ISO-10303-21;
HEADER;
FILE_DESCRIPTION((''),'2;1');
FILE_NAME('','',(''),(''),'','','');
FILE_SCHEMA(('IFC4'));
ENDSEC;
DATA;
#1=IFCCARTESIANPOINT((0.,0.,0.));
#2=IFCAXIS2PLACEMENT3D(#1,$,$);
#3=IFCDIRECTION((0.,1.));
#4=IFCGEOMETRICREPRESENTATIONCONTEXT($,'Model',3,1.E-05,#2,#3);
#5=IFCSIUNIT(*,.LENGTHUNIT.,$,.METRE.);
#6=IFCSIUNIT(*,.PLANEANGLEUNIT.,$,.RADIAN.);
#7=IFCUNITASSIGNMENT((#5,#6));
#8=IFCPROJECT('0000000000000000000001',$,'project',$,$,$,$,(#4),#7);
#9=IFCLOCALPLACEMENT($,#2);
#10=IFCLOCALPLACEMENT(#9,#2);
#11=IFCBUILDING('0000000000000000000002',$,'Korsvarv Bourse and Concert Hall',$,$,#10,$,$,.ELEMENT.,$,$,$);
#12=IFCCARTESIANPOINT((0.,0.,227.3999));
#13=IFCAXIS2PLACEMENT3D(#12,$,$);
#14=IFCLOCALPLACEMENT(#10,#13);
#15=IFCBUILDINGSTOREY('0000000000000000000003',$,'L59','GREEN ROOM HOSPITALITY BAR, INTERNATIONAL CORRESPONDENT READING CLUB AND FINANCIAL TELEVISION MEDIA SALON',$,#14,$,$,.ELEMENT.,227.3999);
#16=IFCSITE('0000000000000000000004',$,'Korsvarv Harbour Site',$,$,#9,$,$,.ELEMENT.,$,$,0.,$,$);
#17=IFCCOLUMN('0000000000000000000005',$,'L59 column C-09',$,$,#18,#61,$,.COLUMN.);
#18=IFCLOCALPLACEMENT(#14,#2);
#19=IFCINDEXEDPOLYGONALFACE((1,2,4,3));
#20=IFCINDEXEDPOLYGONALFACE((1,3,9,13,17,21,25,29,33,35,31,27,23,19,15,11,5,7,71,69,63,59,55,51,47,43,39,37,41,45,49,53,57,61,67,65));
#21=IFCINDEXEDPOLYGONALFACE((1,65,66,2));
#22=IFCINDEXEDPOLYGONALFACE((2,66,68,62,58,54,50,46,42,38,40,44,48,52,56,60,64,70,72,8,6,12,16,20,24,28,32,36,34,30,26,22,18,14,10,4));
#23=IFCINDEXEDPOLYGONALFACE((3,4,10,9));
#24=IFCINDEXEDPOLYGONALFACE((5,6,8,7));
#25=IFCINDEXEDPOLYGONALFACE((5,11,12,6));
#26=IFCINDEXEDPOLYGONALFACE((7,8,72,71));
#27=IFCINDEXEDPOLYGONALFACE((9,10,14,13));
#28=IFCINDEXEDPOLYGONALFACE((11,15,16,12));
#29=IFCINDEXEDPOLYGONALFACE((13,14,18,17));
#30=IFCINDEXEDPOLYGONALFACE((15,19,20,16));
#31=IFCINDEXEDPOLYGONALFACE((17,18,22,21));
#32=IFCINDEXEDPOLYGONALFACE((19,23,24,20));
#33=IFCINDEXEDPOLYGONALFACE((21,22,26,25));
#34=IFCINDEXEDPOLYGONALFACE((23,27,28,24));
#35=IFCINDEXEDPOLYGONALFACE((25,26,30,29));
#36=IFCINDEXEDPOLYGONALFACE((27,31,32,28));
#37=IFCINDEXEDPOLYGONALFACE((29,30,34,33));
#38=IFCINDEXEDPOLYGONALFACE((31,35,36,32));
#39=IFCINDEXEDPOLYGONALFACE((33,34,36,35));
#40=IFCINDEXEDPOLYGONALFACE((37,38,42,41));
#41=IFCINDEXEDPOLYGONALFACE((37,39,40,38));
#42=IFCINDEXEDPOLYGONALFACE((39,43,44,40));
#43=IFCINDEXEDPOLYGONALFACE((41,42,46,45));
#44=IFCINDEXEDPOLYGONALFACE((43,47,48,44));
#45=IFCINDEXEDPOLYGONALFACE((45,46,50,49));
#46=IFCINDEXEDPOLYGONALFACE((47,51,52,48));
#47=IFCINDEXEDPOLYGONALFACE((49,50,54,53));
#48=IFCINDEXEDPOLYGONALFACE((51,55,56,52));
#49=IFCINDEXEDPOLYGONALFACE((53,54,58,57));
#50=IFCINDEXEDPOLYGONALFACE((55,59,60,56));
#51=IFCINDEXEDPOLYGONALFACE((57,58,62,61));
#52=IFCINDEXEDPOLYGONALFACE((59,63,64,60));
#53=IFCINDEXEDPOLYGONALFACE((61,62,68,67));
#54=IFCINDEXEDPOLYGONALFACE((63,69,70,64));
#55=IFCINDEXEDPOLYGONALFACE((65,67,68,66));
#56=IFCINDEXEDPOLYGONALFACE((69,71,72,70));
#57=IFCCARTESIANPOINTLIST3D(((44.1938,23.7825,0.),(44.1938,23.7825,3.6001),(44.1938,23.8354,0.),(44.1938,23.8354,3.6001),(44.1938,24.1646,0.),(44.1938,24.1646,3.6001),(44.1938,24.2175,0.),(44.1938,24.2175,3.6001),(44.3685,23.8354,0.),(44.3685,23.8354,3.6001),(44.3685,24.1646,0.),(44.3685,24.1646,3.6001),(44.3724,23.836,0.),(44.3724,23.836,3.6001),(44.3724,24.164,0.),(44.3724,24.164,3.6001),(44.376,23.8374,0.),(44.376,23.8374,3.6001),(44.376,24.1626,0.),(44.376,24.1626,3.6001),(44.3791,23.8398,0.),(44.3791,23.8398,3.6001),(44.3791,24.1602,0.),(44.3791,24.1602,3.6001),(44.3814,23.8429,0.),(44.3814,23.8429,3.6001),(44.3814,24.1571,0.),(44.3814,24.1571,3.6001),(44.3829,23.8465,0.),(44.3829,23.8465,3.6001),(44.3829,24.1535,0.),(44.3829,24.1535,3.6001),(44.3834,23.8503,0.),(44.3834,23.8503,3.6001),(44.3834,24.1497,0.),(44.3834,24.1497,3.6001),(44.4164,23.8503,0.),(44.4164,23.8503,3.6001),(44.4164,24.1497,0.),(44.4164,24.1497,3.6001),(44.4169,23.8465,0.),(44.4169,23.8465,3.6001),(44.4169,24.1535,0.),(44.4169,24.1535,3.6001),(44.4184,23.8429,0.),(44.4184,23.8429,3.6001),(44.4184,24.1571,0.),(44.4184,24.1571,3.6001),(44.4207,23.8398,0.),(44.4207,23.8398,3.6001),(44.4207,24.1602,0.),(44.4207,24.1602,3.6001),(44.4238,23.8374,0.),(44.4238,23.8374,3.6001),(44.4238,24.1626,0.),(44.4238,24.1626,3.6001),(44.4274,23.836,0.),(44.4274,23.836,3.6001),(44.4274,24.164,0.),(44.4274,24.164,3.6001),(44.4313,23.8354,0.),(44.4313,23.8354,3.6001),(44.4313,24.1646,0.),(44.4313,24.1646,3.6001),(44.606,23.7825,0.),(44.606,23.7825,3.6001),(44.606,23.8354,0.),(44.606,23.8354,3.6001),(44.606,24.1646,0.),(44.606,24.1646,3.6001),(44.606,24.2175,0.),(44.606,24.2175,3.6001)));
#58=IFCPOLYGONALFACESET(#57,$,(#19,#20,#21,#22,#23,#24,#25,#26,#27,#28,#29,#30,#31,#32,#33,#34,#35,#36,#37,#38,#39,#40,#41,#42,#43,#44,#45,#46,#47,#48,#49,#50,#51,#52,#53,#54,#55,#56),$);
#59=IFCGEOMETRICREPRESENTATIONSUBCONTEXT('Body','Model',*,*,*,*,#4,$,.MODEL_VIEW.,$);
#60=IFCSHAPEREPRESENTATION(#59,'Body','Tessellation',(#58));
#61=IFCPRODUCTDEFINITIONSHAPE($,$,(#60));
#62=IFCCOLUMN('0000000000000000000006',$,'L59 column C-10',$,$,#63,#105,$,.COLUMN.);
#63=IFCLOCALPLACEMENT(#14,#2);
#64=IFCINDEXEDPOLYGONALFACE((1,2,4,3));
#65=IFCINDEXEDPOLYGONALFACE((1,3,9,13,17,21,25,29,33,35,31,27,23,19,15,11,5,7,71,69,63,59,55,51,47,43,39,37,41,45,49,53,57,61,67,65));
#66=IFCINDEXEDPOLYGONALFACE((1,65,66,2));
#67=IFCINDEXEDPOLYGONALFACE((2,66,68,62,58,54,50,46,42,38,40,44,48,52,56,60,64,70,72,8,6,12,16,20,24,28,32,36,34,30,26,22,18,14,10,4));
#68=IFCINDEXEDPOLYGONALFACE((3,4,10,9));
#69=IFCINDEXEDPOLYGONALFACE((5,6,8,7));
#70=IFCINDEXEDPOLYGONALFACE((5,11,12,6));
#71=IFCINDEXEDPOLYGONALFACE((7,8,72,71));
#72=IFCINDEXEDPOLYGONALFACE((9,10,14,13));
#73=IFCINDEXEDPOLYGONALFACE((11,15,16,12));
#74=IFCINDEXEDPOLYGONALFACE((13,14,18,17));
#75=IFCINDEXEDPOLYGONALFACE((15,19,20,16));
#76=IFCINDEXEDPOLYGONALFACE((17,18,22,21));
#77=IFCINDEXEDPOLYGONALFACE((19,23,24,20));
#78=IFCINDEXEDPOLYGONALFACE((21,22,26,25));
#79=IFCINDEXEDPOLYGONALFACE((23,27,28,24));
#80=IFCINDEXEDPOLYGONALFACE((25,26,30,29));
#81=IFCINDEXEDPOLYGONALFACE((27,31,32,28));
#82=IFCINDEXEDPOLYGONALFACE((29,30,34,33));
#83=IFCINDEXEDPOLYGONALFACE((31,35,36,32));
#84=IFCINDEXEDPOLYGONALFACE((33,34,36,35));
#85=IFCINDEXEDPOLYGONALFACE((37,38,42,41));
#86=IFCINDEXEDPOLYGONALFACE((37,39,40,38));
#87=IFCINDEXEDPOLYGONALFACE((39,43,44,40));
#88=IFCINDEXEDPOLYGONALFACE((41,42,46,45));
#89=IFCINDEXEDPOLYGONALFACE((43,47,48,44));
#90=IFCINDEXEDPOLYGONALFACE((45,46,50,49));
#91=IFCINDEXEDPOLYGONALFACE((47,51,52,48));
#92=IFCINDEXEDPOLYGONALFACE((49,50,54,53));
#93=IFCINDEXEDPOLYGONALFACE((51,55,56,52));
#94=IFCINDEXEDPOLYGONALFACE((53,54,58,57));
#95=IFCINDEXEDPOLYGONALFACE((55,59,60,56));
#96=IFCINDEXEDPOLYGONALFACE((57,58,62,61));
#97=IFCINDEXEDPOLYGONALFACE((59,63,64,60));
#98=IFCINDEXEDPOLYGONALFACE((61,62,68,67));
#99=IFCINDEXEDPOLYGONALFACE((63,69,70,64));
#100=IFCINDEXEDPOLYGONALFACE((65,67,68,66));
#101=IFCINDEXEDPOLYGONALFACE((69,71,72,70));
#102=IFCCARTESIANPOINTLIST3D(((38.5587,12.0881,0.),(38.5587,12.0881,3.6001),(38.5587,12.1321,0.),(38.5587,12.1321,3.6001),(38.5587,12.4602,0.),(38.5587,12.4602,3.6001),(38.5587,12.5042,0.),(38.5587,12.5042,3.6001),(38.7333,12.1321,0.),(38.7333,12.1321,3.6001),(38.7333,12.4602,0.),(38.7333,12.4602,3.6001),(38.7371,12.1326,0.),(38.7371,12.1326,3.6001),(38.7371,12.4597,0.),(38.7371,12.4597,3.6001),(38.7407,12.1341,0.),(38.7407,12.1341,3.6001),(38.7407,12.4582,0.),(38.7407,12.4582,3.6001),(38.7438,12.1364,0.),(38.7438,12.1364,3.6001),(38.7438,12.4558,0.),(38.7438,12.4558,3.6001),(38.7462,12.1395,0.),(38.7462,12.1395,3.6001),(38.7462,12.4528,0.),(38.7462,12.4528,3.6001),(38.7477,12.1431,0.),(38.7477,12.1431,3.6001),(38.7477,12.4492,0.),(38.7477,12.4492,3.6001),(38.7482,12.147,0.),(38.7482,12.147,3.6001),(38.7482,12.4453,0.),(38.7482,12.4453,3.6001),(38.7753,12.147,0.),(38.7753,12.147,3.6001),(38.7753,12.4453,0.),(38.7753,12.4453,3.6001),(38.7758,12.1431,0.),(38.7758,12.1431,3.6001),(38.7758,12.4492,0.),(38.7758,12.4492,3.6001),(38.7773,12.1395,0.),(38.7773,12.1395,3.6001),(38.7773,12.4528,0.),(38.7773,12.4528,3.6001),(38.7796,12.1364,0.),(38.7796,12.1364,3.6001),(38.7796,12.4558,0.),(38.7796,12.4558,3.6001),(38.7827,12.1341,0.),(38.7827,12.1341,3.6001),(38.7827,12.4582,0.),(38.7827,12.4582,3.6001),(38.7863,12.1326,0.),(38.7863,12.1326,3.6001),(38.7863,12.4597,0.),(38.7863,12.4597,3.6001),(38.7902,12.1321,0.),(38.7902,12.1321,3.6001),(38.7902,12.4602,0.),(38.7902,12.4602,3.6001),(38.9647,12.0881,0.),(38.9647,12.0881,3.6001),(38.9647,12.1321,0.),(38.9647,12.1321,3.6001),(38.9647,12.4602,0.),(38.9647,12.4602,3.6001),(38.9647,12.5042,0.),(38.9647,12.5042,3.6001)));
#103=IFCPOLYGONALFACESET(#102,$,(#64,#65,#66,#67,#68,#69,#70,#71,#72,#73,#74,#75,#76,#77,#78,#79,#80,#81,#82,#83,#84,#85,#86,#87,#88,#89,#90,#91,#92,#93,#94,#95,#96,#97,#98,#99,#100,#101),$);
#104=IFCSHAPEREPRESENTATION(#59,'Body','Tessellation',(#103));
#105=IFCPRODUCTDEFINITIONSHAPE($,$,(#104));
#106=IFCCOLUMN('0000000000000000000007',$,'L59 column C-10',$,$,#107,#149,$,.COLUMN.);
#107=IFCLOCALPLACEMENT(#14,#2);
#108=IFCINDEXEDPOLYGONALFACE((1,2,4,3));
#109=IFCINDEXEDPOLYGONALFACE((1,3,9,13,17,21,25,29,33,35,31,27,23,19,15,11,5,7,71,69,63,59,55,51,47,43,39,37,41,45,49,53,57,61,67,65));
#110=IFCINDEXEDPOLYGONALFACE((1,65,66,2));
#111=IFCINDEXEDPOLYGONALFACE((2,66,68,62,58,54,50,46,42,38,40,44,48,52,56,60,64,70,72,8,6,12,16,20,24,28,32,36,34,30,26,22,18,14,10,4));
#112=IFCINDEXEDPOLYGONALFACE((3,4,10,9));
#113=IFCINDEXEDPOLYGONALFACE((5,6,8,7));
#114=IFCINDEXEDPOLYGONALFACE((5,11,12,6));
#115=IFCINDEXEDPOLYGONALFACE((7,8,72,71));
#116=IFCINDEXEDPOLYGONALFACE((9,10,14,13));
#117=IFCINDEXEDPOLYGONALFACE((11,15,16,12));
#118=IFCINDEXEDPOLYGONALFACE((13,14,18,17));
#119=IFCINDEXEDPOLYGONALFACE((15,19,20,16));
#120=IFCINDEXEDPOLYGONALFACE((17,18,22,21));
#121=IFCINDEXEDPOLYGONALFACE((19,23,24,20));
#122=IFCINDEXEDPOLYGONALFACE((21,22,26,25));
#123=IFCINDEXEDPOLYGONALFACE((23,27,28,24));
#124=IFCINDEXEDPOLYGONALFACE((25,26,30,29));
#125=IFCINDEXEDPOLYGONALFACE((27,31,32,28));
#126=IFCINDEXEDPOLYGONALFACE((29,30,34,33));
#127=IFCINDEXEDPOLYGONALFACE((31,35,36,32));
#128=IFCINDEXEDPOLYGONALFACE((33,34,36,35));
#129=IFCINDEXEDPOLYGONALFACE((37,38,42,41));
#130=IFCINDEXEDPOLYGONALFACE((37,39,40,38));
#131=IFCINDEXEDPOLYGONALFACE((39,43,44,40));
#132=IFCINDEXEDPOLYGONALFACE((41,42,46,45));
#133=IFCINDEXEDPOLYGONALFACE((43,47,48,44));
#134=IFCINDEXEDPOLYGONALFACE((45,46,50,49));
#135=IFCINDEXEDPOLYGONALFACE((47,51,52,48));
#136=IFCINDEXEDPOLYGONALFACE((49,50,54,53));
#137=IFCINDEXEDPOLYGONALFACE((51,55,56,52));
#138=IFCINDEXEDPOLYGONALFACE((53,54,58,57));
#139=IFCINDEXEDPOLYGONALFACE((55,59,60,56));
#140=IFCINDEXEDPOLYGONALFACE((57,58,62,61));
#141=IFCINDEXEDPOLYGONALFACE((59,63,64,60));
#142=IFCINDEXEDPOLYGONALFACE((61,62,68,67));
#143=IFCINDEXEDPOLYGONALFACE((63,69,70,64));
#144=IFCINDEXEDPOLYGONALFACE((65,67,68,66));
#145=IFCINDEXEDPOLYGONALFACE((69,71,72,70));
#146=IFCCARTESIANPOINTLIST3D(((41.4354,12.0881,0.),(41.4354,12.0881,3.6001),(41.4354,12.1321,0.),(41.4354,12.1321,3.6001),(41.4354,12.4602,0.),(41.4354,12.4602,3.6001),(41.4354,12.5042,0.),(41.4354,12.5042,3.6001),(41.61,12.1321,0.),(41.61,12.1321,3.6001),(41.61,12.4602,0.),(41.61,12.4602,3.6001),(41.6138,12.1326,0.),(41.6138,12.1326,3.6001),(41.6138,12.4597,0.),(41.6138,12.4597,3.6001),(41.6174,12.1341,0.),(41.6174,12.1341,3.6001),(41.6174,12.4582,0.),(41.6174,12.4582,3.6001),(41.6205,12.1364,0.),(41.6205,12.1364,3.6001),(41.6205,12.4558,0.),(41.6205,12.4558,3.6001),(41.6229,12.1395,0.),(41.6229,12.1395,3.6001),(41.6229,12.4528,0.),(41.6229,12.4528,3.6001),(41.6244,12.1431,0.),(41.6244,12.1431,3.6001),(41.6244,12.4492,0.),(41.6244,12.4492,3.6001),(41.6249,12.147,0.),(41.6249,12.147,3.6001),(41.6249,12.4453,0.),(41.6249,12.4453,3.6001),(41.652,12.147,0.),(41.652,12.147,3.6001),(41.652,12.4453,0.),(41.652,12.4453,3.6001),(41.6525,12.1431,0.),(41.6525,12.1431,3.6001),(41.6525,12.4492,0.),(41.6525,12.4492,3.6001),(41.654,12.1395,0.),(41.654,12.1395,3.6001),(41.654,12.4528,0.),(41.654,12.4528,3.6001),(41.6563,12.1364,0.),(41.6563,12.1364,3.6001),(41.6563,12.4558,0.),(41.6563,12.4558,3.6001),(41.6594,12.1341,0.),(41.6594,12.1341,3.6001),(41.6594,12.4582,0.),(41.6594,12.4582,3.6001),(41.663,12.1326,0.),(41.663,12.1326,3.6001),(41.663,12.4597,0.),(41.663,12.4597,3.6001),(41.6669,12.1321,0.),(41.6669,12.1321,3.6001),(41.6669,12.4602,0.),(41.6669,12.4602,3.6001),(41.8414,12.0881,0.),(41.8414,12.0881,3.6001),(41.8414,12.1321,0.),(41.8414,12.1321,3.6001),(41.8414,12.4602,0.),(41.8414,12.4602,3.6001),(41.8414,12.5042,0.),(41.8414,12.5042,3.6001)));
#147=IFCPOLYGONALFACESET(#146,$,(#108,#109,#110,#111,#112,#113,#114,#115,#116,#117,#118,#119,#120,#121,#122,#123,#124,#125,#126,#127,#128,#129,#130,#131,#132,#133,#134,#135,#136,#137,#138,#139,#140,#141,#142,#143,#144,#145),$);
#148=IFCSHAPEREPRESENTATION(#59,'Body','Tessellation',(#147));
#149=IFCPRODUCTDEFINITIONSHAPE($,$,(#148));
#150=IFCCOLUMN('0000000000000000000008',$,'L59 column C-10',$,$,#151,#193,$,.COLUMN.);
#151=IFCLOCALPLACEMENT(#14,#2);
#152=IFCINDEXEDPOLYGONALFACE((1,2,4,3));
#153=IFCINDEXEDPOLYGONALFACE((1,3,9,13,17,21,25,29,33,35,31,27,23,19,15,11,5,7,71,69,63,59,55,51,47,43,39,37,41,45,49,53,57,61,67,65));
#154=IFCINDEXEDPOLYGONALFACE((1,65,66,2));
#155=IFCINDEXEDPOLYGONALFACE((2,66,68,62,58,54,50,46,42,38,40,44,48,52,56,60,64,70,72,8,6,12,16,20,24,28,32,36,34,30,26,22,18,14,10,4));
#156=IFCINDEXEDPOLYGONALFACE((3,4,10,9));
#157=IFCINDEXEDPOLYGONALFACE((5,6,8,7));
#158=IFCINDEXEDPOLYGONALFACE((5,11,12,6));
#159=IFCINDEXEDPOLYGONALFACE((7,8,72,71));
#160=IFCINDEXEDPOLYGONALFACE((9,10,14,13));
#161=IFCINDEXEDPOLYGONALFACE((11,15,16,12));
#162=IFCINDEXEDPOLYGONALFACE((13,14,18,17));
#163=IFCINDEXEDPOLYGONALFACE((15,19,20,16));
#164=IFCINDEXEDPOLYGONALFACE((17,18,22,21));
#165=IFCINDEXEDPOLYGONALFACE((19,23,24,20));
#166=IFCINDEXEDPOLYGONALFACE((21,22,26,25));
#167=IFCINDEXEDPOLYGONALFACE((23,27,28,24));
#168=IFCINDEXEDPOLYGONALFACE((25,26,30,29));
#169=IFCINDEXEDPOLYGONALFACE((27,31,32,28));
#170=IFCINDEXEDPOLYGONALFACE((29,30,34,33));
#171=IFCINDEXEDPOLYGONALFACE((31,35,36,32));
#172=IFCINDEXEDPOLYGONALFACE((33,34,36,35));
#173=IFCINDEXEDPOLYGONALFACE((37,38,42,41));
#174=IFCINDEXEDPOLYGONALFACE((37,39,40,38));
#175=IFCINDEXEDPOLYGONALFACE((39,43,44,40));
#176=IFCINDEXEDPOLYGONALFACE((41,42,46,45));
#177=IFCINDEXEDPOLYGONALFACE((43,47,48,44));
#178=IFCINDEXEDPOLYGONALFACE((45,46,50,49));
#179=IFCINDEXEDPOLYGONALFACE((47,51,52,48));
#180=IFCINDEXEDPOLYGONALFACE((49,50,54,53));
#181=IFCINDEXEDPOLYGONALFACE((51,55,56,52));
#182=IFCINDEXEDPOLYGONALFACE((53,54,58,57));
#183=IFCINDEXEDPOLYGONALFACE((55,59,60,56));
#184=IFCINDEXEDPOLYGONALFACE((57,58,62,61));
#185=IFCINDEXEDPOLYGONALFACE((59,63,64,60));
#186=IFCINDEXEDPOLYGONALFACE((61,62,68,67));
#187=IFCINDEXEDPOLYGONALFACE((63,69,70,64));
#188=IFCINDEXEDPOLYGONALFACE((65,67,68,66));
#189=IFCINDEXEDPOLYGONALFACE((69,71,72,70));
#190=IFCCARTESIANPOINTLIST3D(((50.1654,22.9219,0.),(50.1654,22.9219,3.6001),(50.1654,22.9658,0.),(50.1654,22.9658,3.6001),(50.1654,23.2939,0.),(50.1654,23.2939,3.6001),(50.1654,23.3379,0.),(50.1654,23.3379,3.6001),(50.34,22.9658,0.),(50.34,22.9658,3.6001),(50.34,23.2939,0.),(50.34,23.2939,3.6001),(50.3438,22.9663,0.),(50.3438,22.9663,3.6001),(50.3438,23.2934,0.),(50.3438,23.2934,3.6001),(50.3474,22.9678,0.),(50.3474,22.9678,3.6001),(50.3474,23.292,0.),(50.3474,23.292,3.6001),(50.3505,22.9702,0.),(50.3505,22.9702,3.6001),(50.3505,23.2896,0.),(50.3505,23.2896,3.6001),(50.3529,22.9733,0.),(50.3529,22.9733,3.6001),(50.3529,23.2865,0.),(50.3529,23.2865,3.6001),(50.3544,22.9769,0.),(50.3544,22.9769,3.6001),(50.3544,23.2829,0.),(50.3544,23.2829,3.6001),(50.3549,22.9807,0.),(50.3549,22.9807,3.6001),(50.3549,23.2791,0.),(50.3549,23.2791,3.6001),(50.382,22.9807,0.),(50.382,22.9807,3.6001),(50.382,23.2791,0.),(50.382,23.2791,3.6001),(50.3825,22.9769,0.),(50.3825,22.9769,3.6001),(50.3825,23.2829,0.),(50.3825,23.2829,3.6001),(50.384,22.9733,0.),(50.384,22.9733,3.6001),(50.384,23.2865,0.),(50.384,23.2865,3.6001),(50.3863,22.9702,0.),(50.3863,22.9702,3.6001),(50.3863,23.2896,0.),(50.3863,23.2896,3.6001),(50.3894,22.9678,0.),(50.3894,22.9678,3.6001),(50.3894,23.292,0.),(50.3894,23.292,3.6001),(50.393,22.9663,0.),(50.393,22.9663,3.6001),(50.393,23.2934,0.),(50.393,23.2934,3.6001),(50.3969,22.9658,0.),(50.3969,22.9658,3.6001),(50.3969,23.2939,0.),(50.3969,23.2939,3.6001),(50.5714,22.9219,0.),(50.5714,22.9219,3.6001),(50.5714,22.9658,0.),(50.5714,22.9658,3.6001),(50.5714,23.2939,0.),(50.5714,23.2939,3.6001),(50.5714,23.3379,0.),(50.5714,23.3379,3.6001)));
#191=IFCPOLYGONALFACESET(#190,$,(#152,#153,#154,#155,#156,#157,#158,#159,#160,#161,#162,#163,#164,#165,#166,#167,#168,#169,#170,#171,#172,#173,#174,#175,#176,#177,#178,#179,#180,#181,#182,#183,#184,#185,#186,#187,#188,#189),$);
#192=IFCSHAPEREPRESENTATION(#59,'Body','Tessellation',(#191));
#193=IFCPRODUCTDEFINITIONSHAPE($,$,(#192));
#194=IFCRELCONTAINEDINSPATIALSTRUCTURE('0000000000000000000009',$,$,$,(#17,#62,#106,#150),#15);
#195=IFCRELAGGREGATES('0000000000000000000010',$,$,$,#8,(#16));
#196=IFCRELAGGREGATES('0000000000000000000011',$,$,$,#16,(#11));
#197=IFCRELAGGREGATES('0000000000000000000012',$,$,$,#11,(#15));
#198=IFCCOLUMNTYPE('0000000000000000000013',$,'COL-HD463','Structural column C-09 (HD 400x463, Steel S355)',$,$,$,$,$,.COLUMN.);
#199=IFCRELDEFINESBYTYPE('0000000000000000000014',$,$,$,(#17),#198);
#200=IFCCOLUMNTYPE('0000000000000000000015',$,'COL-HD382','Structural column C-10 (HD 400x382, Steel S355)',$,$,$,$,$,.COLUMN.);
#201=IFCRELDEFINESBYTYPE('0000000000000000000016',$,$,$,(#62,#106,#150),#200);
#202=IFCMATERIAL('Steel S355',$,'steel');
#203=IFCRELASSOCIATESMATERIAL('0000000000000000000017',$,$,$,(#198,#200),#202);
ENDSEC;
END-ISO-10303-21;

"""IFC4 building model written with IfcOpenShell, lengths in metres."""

from ifc_helpers import new_model, si_unit, direction, frame, origin, origin_2d, place, context, subcontext, project, spatial, i_section, extrude, source, transform, mapped, material, material_profile, profile_set, type_object, element, save


model = new_model("IFC4")

# Units and contexts
model_context = context("Model", 3, precision=1e-05, world=origin(), true_north=direction((0.0, 1.0)))
body_context = subcontext(model_context, "Body", "Model", "MODEL_VIEW")
ifc_project = project(units=[si_unit("LENGTHUNIT", "METRE"), si_unit("PLANEANGLEUNIT", "RADIAN")], contexts=[model_context])

# Site, building, storey
site_placement = place(None, origin())
site = spatial("IfcSite", under=ifc_project, at=site_placement, Name="Korsvarv Harbour Site", CompositionType="ELEMENT", RefElevation=0.0)
building_placement = place(site_placement, origin())
building = spatial("IfcBuilding", under=site, at=building_placement, Name="Korsvarv Bourse and Concert Hall", CompositionType="ELEMENT")
storey_placement = place(building_placement, frame((0.0, 0.0, 227.3999)))
storey = spatial("IfcBuildingStorey", under=building, at=storey_placement, Name="L59", Description="GREEN ROOM HOSPITALITY BAR, INTERNATIONAL CORRESPONDENT READING CLUB AND FINANCIAL TELEVISION MEDIA SALON", CompositionType="ELEMENT", Elevation=227.3999)

# Columns
ifc_material_1 = material(Name="Steel S355", Category="steel")
ifc_material_profile_1 = material_profile(ifc_material_1, i_section(OverallWidth=0.4121, OverallDepth=0.4351, WebThickness=0.033, FlangeThickness=0.053, FilletRadius=0.0149, at=origin_2d()), Name="HD 400x463")
ifc_profile_set_1 = profile_set([ifc_material_profile_1], Name="Steel S355")
column_type_1 = type_object("IfcColumnType", Name="COL-HD463", Description="Structural column C-09 (HD 400x463, Steel S355)", PredefinedType="COLUMN", material=ifc_profile_set_1)
shared_shape_1 = source(origin(), body_context, "Body", "SweptSolid", [
    extrude(i_section(OverallWidth=0.4121, OverallDepth=0.4351, WebThickness=0.033, FlangeThickness=0.053, FilletRadius=0.0149, at=origin_2d()), origin(), (0.0, 0.0, 1.0), 3.6001),
])
column_placement = place(storey_placement, frame((44.3999, 24.0, 0.0), z_axis=(0.0, 0.0, 1.0), x_axis=(1.0, 0.0, 0.0)))
element("IfcColumn", 1, at=column_placement, inside=storey, type_object=column_type_1, Name="L59 column C-09", PredefinedType="COLUMN", context=body_context, shape_type="MappedRepresentation", body=[
    mapped(shared_shape_1, transform((0.0, 0.0, 0.0), scale=1.0)),
])
ifc_material_profile_2 = material_profile(ifc_material_1, i_section(OverallWidth=0.406, OverallDepth=0.416, WebThickness=0.0271, FlangeThickness=0.0439, FilletRadius=0.0149, at=origin_2d()), Name="HD 400x382")
ifc_profile_set_2 = profile_set([ifc_material_profile_2], Name="Steel S355")
column_type_2 = type_object("IfcColumnType", Name="COL-HD382", Description="Structural column C-10 (HD 400x382, Steel S355)", PredefinedType="COLUMN", material=ifc_profile_set_2)
shared_shape_2 = source(origin(), body_context, "Body", "SweptSolid", [
    extrude(i_section(OverallWidth=0.406, OverallDepth=0.416, WebThickness=0.0271, FlangeThickness=0.0439, FilletRadius=0.0149, at=origin_2d()), origin(), (0.0, 0.0, 1.0), 3.6001),
])
for number, where, z_axis, x_axis, name in (
    (2, (38.7617, 12.2961, 0.0), (0.0, 0.0, 1.0), (1.0, 0.0, 0.0), "L59 column C-10"),
    (3, (41.6384, 12.2961, 0.0), (0.0, 0.0, 1.0), (1.0, 0.0, 0.0), "L59 column C-10"),
    (4, (50.3684, 23.1299, 0.0), (0.0, 0.0, 1.0), (1.0, 0.0, 0.0), "L59 column C-10"),
):
    element("IfcColumn", number, at=place(storey_placement, frame(where, z_axis=z_axis, x_axis=x_axis)), inside=storey, type_object=column_type_2, Name=name, PredefinedType="COLUMN", context=body_context, shape_type="MappedRepresentation", body=[
        mapped(shared_shape_2, transform((0.0, 0.0, 0.0), scale=1.0)),
    ])

save(model, "model.ifc")
